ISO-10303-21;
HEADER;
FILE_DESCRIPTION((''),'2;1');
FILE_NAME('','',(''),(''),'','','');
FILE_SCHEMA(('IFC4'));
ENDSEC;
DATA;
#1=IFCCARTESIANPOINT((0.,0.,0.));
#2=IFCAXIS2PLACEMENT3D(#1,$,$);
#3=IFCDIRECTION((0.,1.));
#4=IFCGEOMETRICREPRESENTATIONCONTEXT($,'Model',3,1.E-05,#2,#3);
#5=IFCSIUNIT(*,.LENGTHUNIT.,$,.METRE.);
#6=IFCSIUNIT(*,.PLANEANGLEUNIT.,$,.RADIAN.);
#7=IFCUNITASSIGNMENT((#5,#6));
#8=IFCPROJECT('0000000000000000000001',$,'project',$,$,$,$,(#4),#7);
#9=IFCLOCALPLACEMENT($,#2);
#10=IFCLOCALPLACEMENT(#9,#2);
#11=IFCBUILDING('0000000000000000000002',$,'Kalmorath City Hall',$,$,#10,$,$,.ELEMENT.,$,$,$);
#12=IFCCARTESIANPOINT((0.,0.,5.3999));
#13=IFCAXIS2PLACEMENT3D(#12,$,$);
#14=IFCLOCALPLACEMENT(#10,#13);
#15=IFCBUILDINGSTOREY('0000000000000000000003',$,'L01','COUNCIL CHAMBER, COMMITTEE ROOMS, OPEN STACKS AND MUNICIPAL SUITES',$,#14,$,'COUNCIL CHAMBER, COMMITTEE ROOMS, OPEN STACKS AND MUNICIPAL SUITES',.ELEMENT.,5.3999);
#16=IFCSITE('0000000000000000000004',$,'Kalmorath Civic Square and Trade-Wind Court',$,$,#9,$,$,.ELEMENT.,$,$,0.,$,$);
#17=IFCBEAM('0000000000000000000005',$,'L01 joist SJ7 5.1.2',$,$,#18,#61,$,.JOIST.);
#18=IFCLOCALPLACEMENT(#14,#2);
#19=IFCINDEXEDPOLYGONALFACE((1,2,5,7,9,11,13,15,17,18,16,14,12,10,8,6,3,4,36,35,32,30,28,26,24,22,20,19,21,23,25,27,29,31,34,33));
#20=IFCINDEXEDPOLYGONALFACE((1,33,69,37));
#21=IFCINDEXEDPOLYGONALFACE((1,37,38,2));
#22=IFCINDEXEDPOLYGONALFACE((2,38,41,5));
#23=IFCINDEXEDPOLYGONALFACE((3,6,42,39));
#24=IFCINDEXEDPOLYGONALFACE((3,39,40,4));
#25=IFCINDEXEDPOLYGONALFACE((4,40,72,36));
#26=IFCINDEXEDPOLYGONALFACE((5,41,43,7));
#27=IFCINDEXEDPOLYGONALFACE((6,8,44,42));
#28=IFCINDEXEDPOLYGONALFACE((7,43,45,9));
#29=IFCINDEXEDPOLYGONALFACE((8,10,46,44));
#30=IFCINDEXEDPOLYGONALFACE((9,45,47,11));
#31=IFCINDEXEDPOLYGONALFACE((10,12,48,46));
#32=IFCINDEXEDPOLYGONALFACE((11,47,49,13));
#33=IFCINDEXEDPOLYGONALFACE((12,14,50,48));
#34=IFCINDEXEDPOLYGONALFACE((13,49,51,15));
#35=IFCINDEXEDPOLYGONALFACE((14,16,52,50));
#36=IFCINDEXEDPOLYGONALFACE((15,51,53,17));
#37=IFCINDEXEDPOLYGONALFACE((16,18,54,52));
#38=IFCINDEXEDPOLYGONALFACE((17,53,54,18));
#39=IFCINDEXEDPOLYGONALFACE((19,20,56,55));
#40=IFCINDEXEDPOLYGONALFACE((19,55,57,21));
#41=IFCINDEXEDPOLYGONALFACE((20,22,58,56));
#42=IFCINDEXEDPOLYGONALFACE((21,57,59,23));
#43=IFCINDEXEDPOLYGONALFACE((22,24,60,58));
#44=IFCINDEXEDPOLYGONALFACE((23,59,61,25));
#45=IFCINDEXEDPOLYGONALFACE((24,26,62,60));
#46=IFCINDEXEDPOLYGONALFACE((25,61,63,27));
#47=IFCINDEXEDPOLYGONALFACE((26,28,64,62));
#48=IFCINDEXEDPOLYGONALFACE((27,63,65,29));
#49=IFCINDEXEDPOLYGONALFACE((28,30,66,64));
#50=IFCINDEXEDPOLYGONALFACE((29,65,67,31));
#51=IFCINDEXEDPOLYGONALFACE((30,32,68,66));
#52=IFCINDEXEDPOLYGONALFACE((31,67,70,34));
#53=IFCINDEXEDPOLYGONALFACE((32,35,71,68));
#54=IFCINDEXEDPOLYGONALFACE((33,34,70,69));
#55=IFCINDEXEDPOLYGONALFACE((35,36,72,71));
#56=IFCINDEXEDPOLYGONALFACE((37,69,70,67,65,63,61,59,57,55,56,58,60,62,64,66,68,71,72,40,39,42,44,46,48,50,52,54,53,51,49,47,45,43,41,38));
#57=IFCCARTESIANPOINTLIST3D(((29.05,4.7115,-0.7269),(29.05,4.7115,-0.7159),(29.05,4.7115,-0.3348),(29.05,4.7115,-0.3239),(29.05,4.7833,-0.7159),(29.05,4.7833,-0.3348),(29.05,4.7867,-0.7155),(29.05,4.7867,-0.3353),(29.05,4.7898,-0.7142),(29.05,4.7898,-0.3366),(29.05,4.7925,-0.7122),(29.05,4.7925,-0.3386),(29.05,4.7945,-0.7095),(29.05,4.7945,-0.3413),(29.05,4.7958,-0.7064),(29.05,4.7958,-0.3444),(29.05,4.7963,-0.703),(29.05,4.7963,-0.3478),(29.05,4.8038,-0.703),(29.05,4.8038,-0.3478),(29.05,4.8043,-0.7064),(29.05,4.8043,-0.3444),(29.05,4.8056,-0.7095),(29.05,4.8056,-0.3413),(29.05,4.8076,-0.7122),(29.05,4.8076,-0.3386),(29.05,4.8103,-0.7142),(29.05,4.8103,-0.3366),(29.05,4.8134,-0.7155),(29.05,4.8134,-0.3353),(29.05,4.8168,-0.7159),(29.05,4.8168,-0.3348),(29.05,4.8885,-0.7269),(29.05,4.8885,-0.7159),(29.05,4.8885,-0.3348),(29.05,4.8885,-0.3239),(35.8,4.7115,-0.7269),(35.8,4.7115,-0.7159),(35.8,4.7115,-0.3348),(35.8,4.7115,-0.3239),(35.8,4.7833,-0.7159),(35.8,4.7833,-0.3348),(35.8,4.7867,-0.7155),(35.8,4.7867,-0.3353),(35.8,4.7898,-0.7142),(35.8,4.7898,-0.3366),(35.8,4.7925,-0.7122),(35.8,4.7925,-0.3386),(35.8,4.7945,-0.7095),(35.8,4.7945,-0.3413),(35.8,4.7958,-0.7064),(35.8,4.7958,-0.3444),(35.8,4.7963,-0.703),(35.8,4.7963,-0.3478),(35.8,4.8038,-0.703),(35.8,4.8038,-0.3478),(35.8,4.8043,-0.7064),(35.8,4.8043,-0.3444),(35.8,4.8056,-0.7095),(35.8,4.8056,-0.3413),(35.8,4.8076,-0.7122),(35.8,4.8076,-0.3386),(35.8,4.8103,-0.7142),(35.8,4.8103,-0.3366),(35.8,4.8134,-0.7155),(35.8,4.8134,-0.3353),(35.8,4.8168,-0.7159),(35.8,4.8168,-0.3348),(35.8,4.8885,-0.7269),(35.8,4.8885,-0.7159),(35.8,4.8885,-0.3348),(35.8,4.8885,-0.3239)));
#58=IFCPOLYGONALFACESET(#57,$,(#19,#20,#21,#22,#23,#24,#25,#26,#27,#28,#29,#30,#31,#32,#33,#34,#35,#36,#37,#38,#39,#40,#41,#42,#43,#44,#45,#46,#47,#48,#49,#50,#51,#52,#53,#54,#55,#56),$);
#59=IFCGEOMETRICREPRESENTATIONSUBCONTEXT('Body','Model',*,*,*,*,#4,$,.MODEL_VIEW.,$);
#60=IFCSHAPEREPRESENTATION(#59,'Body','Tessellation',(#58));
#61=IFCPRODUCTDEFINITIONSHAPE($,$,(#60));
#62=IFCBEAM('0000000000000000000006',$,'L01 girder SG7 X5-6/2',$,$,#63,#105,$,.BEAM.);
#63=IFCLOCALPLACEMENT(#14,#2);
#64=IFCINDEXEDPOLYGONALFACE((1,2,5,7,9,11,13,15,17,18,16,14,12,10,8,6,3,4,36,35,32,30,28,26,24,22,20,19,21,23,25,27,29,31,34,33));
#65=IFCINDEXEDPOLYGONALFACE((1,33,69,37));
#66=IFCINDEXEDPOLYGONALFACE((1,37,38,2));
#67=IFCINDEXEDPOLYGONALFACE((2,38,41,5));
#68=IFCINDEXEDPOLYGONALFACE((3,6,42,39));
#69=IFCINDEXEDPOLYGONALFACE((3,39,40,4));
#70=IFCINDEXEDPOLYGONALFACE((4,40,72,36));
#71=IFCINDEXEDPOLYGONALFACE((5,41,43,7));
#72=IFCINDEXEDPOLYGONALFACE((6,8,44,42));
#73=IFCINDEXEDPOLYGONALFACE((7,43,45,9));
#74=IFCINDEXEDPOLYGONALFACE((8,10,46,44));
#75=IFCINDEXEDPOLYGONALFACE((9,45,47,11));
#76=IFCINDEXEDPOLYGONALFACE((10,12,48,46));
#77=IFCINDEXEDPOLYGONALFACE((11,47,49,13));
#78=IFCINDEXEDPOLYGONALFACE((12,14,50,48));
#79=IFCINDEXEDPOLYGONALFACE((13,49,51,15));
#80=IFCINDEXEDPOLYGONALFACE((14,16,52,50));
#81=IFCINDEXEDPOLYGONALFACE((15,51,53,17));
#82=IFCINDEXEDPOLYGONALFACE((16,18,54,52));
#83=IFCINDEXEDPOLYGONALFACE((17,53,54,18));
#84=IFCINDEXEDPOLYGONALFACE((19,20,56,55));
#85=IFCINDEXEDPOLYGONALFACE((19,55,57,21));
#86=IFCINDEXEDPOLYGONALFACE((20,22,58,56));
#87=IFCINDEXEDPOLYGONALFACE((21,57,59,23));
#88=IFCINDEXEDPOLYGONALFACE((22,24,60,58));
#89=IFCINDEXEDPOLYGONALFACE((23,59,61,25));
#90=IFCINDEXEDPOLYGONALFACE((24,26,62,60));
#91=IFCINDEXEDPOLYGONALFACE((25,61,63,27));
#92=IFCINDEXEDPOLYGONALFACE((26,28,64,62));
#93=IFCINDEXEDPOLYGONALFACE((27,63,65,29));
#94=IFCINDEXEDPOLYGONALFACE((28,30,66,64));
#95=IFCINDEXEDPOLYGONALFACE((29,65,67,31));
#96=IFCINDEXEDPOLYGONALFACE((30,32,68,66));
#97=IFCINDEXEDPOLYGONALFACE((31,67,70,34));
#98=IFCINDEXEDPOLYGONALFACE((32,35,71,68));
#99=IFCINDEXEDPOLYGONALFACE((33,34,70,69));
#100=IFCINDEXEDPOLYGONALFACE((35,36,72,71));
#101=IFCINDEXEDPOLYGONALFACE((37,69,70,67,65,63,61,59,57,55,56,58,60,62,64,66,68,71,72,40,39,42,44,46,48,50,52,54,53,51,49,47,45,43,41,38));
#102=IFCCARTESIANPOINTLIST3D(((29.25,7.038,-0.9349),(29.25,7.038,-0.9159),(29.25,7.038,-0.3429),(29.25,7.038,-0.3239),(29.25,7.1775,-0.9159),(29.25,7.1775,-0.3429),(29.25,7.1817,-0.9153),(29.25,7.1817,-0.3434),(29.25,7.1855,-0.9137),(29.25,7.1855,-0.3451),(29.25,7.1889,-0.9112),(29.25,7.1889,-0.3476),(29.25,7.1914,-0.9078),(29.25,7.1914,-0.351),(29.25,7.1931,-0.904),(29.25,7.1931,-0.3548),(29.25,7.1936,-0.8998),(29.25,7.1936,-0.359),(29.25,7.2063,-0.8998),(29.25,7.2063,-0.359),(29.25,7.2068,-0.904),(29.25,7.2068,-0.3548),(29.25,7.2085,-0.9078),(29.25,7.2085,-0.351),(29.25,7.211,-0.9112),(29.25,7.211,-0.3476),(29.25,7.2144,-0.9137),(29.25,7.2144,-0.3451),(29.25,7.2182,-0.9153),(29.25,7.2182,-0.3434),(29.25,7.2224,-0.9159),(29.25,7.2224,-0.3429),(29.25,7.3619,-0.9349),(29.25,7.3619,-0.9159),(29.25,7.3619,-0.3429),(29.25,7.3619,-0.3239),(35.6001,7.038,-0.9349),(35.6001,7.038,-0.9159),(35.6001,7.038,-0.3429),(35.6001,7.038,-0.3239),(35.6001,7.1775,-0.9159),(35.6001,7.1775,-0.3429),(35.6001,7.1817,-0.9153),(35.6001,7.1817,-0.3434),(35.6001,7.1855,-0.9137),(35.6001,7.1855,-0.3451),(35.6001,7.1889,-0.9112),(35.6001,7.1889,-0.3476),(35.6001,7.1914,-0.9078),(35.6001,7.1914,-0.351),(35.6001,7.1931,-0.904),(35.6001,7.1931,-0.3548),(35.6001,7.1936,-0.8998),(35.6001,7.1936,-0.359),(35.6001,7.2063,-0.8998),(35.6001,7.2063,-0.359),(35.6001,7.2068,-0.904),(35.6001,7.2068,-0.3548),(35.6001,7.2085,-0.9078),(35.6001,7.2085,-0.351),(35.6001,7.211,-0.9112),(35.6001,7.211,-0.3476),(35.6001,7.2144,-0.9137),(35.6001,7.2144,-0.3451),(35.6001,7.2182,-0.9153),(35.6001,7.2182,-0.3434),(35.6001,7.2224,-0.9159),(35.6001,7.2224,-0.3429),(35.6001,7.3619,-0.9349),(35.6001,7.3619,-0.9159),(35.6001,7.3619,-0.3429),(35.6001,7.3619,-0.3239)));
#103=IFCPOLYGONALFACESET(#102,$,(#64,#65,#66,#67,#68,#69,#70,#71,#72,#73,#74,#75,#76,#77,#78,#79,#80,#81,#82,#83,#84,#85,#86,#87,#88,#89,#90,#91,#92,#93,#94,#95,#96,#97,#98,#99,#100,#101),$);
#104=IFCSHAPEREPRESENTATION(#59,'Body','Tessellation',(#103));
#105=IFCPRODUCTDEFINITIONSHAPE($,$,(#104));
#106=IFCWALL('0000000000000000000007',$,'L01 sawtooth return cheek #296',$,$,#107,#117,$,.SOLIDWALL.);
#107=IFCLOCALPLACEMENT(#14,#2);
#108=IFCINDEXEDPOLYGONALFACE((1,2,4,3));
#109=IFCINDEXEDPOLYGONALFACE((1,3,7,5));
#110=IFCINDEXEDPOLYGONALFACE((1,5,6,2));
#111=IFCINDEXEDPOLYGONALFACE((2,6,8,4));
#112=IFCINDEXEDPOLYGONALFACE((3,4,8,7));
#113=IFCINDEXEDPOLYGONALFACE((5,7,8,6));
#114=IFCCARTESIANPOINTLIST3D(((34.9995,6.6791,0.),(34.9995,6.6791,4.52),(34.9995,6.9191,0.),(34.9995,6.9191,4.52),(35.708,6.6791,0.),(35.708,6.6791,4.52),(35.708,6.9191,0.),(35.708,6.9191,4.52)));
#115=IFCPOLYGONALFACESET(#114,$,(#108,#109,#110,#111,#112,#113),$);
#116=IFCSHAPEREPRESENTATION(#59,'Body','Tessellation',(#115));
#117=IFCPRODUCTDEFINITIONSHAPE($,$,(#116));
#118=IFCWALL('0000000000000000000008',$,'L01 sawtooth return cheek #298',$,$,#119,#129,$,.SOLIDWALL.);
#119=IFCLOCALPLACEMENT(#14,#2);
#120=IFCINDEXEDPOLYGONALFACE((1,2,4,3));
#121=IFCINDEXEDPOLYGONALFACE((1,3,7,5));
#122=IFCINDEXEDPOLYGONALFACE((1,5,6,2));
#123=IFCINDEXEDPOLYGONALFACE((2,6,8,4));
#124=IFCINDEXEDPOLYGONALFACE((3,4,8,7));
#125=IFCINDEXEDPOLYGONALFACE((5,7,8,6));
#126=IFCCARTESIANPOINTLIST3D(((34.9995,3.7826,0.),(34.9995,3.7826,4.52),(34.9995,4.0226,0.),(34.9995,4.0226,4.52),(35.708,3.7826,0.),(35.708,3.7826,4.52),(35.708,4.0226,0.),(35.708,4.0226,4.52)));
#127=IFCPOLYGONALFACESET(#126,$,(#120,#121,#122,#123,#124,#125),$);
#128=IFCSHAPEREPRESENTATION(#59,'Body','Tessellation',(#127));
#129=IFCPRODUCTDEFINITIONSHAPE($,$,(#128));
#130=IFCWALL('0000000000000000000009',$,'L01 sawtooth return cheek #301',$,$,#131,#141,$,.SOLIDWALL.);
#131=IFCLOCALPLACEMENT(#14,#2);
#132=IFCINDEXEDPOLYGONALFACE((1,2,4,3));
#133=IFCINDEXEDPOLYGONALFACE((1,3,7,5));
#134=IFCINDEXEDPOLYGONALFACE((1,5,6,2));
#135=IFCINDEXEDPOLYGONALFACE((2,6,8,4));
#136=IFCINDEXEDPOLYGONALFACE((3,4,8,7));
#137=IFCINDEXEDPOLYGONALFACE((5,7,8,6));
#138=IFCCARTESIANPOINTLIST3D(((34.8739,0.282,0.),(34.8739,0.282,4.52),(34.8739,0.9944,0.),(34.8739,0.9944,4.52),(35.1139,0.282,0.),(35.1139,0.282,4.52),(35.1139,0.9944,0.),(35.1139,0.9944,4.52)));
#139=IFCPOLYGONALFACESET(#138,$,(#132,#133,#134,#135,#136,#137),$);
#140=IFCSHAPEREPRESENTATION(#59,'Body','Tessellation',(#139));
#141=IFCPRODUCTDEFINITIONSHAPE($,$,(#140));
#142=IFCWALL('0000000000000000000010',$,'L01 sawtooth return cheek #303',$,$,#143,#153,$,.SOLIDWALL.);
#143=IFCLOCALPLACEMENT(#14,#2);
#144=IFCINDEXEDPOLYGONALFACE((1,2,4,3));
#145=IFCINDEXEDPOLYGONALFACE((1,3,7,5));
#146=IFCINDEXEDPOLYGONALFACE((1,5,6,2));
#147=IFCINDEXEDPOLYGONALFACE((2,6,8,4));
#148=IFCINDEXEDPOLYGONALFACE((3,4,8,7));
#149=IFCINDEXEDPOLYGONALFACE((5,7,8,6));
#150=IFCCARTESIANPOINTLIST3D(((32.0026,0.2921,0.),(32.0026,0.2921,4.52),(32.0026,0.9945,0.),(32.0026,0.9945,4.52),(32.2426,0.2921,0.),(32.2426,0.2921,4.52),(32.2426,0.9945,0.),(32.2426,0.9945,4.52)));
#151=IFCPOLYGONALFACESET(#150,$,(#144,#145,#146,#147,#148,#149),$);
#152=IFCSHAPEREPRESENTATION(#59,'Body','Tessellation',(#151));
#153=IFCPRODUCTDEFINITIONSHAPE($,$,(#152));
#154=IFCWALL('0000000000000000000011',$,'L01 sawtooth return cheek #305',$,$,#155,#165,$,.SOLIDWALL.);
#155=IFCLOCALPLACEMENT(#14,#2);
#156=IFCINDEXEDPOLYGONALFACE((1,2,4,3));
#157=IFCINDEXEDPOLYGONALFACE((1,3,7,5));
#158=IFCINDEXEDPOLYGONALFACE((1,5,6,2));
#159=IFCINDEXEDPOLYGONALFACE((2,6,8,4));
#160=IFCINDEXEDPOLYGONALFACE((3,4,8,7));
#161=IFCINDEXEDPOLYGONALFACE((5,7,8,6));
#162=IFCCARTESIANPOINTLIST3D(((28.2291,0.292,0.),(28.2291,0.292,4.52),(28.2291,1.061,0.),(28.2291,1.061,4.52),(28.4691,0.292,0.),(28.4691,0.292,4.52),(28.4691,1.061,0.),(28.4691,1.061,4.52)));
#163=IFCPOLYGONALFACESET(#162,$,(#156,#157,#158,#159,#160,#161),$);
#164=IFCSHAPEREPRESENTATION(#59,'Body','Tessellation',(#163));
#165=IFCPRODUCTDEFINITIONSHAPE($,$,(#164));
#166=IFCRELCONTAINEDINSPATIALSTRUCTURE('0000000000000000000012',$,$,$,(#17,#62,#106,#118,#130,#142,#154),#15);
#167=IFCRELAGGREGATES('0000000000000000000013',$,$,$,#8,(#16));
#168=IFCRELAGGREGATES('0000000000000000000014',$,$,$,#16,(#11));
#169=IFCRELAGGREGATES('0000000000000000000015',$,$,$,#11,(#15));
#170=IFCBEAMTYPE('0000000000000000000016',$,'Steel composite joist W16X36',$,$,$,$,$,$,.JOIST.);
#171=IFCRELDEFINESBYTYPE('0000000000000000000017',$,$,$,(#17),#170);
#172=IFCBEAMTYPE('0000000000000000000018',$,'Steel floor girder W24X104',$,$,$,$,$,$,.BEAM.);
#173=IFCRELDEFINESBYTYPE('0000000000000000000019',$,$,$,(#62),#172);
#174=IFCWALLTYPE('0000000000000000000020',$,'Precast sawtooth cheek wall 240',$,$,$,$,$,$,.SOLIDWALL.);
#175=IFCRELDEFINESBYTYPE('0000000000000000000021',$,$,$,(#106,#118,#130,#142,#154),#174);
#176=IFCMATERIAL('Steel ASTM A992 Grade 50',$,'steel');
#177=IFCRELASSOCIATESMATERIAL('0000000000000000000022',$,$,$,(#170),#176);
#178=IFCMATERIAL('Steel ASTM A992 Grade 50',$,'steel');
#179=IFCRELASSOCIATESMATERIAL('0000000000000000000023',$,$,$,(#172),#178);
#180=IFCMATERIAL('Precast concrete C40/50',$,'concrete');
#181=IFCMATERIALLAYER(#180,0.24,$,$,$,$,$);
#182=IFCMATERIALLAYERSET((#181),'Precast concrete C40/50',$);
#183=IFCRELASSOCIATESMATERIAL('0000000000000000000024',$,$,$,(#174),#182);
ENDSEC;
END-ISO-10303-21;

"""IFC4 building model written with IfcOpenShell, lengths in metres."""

from ifc_helpers import new_model, si_unit, direction, frame, frame_2d, origin, origin_2d, place, context, subcontext, project, spatial, rectangle, i_section, extrude, material, layer, layer_set, material_profile, profile_set, type_object, element, save


model = new_model("IFC4")

# Units and contexts
model_context = context("Model", 3, precision=1e-05, world=origin(), true_north=direction((0.0, 1.0)))
body_context = subcontext(model_context, "Body", "Model", "MODEL_VIEW")
ifc_project = project(units=[si_unit("LENGTHUNIT", "METRE"), si_unit("PLANEANGLEUNIT", "RADIAN")], contexts=[model_context])

# Site, building, storey
site_placement = place(None, origin())
site = spatial("IfcSite", under=ifc_project, at=site_placement, Name="Kalmorath Civic Square and Trade-Wind Court", CompositionType="ELEMENT", RefElevation=0.0)
building_placement = place(site_placement, origin())
building = spatial("IfcBuilding", under=site, at=building_placement, Name="Kalmorath City Hall", CompositionType="ELEMENT")
storey_placement = place(building_placement, frame((0.0, 0.0, 5.3999)))
storey = spatial("IfcBuildingStorey", under=building, at=storey_placement, Name="L01", Description="COUNCIL CHAMBER, COMMITTEE ROOMS, OPEN STACKS AND MUNICIPAL SUITES", LongName="COUNCIL CHAMBER, COMMITTEE ROOMS, OPEN STACKS AND MUNICIPAL SUITES", CompositionType="ELEMENT", Elevation=5.3999)

# Beams
ifc_material_1 = material(Name="Steel ASTM A992 Grade 50", Category="steel")
ifc_material_profile_1 = material_profile(ifc_material_1, i_section(OverallWidth=0.177, OverallDepth=0.4031, WebThickness=0.0076, FlangeThickness=0.011, FilletRadius=0.0129, at=origin_2d()), Name="W16X36")
ifc_profile_set_1 = profile_set([ifc_material_profile_1], Name="Steel ASTM A992 Grade 50")
beam_type_1 = type_object("IfcBeamType", Name="Steel composite joist W16X36", PredefinedType="JOIST", material=ifc_profile_set_1)
for number, where, z_axis, x_axis, name in (
    (1, (29.05, 4.8, -0.5254), (1.0, 0.0, 0.0), (0.0, 1.0, 0.0), "L01 joist SJ7 5.1.2"),
):
    element("IfcBeam", number, at=place(storey_placement, frame(where, z_axis=z_axis, x_axis=x_axis)), inside=storey, type_object=beam_type_1, Name=name, PredefinedType="JOIST", context=body_context, shape_type="SweptSolid", body=[
        extrude(i_section(OverallWidth=0.177, OverallDepth=0.4031, WebThickness=0.0076, FlangeThickness=0.011, FilletRadius=0.0129, at=origin_2d()), origin(), (0.0, 0.0, 1.0), 6.75),
    ])
ifc_material_2 = material(Name="Steel ASTM A992 Grade 50", Category="steel")
ifc_material_profile_2 = material_profile(ifc_material_2, i_section(OverallWidth=0.324, OverallDepth=0.6111, WebThickness=0.0127, FlangeThickness=0.019, FilletRadius=0.0161, at=origin_2d()), Name="W24X104")
ifc_profile_set_2 = profile_set([ifc_material_profile_2], Name="Steel ASTM A992 Grade 50")
beam_type_2 = type_object("IfcBeamType", Name="Steel floor girder W24X104", PredefinedType="BEAM", material=ifc_profile_set_2)
beam_1_placement = place(storey_placement, frame((29.25, 7.2, -0.6294), z_axis=(1.0, 0.0, 0.0), x_axis=(0.0, 1.0, 0.0)))
element("IfcBeam", 2, at=beam_1_placement, inside=storey, type_object=beam_type_2, Name="L01 girder SG7 X5-6/2", PredefinedType="BEAM", context=body_context, shape_type="SweptSolid", body=[
    extrude(i_section(OverallWidth=0.324, OverallDepth=0.6111, WebThickness=0.0127, FlangeThickness=0.019, FilletRadius=0.0161, at=origin_2d()), origin(), (0.0, 0.0, 1.0), 6.3501),
])

# Walls
ifc_material_3 = material(Name="Precast concrete C40/50", Category="concrete")
ifc_layer_1 = layer(ifc_material_3, 0.24)
ifc_layer_set_1 = layer_set([ifc_layer_1], Name="Precast concrete C40/50")
wall_type_1 = type_object("IfcWallType", Name="Precast sawtooth cheek wall 240", PredefinedType="SOLIDWALL", material=ifc_layer_set_1)
for number, where, z_axis, x_axis, name in (
    (3, (34.9995, 6.7991, 0.0), (0.0, 0.0, 1.0), (1.0, 0.0, 0.0), "L01 sawtooth return cheek #296"),
    (4, (34.9995, 3.9026, 0.0), (0.0, 0.0, 1.0), (1.0, 0.0, 0.0), "L01 sawtooth return cheek #298"),
):
    element("IfcWall", number, at=place(storey_placement, frame(where, z_axis=z_axis, x_axis=x_axis)), inside=storey, type_object=wall_type_1, Name=name, PredefinedType="SOLIDWALL", context=body_context, shape_type="SweptSolid", body=[
        extrude(rectangle(XDim=0.7085, YDim=0.24, at=frame_2d((0.3542, 0.0))), origin(), (0.0, 0.0, 1.0), 4.52),
    ])
wall_1_placement = place(storey_placement, frame((34.9939, 0.9944, 0.0), z_axis=(0.0, 0.0, 1.0), x_axis=(0.0, -1.0, 0.0)))
element("IfcWall", 5, at=wall_1_placement, inside=storey, type_object=wall_type_1, Name="L01 sawtooth return cheek #301", PredefinedType="SOLIDWALL", context=body_context, shape_type="SweptSolid", body=[
    extrude(rectangle(XDim=0.7124, YDim=0.24, at=frame_2d((0.3562, 0.0))), origin(), (0.0, 0.0, 1.0), 4.52),
])
wall_2_placement = place(storey_placement, frame((32.1226, 0.9944, 0.0), z_axis=(0.0, 0.0, 1.0), x_axis=(0.0, -1.0, 0.0)))
element("IfcWall", 6, at=wall_2_placement, inside=storey, type_object=wall_type_1, Name="L01 sawtooth return cheek #303", PredefinedType="SOLIDWALL", context=body_context, shape_type="SweptSolid", body=[
    extrude(rectangle(XDim=0.7024, YDim=0.24, at=frame_2d((0.3511, 0.0))), origin(), (0.0, 0.0, 1.0), 4.52),
])
wall_3_placement = place(storey_placement, frame((28.3491, 1.061, 0.0), z_axis=(0.0, 0.0, 1.0), x_axis=(0.0, -1.0, 0.0)))
element("IfcWall", 7, at=wall_3_placement, inside=storey, type_object=wall_type_1, Name="L01 sawtooth return cheek #305", PredefinedType="SOLIDWALL", context=body_context, shape_type="SweptSolid", body=[
    extrude(rectangle(XDim=0.769, YDim=0.24, at=frame_2d((0.3845, 0.0))), origin(), (0.0, 0.0, 1.0), 4.52),
])

save(model, "model.ifc")
